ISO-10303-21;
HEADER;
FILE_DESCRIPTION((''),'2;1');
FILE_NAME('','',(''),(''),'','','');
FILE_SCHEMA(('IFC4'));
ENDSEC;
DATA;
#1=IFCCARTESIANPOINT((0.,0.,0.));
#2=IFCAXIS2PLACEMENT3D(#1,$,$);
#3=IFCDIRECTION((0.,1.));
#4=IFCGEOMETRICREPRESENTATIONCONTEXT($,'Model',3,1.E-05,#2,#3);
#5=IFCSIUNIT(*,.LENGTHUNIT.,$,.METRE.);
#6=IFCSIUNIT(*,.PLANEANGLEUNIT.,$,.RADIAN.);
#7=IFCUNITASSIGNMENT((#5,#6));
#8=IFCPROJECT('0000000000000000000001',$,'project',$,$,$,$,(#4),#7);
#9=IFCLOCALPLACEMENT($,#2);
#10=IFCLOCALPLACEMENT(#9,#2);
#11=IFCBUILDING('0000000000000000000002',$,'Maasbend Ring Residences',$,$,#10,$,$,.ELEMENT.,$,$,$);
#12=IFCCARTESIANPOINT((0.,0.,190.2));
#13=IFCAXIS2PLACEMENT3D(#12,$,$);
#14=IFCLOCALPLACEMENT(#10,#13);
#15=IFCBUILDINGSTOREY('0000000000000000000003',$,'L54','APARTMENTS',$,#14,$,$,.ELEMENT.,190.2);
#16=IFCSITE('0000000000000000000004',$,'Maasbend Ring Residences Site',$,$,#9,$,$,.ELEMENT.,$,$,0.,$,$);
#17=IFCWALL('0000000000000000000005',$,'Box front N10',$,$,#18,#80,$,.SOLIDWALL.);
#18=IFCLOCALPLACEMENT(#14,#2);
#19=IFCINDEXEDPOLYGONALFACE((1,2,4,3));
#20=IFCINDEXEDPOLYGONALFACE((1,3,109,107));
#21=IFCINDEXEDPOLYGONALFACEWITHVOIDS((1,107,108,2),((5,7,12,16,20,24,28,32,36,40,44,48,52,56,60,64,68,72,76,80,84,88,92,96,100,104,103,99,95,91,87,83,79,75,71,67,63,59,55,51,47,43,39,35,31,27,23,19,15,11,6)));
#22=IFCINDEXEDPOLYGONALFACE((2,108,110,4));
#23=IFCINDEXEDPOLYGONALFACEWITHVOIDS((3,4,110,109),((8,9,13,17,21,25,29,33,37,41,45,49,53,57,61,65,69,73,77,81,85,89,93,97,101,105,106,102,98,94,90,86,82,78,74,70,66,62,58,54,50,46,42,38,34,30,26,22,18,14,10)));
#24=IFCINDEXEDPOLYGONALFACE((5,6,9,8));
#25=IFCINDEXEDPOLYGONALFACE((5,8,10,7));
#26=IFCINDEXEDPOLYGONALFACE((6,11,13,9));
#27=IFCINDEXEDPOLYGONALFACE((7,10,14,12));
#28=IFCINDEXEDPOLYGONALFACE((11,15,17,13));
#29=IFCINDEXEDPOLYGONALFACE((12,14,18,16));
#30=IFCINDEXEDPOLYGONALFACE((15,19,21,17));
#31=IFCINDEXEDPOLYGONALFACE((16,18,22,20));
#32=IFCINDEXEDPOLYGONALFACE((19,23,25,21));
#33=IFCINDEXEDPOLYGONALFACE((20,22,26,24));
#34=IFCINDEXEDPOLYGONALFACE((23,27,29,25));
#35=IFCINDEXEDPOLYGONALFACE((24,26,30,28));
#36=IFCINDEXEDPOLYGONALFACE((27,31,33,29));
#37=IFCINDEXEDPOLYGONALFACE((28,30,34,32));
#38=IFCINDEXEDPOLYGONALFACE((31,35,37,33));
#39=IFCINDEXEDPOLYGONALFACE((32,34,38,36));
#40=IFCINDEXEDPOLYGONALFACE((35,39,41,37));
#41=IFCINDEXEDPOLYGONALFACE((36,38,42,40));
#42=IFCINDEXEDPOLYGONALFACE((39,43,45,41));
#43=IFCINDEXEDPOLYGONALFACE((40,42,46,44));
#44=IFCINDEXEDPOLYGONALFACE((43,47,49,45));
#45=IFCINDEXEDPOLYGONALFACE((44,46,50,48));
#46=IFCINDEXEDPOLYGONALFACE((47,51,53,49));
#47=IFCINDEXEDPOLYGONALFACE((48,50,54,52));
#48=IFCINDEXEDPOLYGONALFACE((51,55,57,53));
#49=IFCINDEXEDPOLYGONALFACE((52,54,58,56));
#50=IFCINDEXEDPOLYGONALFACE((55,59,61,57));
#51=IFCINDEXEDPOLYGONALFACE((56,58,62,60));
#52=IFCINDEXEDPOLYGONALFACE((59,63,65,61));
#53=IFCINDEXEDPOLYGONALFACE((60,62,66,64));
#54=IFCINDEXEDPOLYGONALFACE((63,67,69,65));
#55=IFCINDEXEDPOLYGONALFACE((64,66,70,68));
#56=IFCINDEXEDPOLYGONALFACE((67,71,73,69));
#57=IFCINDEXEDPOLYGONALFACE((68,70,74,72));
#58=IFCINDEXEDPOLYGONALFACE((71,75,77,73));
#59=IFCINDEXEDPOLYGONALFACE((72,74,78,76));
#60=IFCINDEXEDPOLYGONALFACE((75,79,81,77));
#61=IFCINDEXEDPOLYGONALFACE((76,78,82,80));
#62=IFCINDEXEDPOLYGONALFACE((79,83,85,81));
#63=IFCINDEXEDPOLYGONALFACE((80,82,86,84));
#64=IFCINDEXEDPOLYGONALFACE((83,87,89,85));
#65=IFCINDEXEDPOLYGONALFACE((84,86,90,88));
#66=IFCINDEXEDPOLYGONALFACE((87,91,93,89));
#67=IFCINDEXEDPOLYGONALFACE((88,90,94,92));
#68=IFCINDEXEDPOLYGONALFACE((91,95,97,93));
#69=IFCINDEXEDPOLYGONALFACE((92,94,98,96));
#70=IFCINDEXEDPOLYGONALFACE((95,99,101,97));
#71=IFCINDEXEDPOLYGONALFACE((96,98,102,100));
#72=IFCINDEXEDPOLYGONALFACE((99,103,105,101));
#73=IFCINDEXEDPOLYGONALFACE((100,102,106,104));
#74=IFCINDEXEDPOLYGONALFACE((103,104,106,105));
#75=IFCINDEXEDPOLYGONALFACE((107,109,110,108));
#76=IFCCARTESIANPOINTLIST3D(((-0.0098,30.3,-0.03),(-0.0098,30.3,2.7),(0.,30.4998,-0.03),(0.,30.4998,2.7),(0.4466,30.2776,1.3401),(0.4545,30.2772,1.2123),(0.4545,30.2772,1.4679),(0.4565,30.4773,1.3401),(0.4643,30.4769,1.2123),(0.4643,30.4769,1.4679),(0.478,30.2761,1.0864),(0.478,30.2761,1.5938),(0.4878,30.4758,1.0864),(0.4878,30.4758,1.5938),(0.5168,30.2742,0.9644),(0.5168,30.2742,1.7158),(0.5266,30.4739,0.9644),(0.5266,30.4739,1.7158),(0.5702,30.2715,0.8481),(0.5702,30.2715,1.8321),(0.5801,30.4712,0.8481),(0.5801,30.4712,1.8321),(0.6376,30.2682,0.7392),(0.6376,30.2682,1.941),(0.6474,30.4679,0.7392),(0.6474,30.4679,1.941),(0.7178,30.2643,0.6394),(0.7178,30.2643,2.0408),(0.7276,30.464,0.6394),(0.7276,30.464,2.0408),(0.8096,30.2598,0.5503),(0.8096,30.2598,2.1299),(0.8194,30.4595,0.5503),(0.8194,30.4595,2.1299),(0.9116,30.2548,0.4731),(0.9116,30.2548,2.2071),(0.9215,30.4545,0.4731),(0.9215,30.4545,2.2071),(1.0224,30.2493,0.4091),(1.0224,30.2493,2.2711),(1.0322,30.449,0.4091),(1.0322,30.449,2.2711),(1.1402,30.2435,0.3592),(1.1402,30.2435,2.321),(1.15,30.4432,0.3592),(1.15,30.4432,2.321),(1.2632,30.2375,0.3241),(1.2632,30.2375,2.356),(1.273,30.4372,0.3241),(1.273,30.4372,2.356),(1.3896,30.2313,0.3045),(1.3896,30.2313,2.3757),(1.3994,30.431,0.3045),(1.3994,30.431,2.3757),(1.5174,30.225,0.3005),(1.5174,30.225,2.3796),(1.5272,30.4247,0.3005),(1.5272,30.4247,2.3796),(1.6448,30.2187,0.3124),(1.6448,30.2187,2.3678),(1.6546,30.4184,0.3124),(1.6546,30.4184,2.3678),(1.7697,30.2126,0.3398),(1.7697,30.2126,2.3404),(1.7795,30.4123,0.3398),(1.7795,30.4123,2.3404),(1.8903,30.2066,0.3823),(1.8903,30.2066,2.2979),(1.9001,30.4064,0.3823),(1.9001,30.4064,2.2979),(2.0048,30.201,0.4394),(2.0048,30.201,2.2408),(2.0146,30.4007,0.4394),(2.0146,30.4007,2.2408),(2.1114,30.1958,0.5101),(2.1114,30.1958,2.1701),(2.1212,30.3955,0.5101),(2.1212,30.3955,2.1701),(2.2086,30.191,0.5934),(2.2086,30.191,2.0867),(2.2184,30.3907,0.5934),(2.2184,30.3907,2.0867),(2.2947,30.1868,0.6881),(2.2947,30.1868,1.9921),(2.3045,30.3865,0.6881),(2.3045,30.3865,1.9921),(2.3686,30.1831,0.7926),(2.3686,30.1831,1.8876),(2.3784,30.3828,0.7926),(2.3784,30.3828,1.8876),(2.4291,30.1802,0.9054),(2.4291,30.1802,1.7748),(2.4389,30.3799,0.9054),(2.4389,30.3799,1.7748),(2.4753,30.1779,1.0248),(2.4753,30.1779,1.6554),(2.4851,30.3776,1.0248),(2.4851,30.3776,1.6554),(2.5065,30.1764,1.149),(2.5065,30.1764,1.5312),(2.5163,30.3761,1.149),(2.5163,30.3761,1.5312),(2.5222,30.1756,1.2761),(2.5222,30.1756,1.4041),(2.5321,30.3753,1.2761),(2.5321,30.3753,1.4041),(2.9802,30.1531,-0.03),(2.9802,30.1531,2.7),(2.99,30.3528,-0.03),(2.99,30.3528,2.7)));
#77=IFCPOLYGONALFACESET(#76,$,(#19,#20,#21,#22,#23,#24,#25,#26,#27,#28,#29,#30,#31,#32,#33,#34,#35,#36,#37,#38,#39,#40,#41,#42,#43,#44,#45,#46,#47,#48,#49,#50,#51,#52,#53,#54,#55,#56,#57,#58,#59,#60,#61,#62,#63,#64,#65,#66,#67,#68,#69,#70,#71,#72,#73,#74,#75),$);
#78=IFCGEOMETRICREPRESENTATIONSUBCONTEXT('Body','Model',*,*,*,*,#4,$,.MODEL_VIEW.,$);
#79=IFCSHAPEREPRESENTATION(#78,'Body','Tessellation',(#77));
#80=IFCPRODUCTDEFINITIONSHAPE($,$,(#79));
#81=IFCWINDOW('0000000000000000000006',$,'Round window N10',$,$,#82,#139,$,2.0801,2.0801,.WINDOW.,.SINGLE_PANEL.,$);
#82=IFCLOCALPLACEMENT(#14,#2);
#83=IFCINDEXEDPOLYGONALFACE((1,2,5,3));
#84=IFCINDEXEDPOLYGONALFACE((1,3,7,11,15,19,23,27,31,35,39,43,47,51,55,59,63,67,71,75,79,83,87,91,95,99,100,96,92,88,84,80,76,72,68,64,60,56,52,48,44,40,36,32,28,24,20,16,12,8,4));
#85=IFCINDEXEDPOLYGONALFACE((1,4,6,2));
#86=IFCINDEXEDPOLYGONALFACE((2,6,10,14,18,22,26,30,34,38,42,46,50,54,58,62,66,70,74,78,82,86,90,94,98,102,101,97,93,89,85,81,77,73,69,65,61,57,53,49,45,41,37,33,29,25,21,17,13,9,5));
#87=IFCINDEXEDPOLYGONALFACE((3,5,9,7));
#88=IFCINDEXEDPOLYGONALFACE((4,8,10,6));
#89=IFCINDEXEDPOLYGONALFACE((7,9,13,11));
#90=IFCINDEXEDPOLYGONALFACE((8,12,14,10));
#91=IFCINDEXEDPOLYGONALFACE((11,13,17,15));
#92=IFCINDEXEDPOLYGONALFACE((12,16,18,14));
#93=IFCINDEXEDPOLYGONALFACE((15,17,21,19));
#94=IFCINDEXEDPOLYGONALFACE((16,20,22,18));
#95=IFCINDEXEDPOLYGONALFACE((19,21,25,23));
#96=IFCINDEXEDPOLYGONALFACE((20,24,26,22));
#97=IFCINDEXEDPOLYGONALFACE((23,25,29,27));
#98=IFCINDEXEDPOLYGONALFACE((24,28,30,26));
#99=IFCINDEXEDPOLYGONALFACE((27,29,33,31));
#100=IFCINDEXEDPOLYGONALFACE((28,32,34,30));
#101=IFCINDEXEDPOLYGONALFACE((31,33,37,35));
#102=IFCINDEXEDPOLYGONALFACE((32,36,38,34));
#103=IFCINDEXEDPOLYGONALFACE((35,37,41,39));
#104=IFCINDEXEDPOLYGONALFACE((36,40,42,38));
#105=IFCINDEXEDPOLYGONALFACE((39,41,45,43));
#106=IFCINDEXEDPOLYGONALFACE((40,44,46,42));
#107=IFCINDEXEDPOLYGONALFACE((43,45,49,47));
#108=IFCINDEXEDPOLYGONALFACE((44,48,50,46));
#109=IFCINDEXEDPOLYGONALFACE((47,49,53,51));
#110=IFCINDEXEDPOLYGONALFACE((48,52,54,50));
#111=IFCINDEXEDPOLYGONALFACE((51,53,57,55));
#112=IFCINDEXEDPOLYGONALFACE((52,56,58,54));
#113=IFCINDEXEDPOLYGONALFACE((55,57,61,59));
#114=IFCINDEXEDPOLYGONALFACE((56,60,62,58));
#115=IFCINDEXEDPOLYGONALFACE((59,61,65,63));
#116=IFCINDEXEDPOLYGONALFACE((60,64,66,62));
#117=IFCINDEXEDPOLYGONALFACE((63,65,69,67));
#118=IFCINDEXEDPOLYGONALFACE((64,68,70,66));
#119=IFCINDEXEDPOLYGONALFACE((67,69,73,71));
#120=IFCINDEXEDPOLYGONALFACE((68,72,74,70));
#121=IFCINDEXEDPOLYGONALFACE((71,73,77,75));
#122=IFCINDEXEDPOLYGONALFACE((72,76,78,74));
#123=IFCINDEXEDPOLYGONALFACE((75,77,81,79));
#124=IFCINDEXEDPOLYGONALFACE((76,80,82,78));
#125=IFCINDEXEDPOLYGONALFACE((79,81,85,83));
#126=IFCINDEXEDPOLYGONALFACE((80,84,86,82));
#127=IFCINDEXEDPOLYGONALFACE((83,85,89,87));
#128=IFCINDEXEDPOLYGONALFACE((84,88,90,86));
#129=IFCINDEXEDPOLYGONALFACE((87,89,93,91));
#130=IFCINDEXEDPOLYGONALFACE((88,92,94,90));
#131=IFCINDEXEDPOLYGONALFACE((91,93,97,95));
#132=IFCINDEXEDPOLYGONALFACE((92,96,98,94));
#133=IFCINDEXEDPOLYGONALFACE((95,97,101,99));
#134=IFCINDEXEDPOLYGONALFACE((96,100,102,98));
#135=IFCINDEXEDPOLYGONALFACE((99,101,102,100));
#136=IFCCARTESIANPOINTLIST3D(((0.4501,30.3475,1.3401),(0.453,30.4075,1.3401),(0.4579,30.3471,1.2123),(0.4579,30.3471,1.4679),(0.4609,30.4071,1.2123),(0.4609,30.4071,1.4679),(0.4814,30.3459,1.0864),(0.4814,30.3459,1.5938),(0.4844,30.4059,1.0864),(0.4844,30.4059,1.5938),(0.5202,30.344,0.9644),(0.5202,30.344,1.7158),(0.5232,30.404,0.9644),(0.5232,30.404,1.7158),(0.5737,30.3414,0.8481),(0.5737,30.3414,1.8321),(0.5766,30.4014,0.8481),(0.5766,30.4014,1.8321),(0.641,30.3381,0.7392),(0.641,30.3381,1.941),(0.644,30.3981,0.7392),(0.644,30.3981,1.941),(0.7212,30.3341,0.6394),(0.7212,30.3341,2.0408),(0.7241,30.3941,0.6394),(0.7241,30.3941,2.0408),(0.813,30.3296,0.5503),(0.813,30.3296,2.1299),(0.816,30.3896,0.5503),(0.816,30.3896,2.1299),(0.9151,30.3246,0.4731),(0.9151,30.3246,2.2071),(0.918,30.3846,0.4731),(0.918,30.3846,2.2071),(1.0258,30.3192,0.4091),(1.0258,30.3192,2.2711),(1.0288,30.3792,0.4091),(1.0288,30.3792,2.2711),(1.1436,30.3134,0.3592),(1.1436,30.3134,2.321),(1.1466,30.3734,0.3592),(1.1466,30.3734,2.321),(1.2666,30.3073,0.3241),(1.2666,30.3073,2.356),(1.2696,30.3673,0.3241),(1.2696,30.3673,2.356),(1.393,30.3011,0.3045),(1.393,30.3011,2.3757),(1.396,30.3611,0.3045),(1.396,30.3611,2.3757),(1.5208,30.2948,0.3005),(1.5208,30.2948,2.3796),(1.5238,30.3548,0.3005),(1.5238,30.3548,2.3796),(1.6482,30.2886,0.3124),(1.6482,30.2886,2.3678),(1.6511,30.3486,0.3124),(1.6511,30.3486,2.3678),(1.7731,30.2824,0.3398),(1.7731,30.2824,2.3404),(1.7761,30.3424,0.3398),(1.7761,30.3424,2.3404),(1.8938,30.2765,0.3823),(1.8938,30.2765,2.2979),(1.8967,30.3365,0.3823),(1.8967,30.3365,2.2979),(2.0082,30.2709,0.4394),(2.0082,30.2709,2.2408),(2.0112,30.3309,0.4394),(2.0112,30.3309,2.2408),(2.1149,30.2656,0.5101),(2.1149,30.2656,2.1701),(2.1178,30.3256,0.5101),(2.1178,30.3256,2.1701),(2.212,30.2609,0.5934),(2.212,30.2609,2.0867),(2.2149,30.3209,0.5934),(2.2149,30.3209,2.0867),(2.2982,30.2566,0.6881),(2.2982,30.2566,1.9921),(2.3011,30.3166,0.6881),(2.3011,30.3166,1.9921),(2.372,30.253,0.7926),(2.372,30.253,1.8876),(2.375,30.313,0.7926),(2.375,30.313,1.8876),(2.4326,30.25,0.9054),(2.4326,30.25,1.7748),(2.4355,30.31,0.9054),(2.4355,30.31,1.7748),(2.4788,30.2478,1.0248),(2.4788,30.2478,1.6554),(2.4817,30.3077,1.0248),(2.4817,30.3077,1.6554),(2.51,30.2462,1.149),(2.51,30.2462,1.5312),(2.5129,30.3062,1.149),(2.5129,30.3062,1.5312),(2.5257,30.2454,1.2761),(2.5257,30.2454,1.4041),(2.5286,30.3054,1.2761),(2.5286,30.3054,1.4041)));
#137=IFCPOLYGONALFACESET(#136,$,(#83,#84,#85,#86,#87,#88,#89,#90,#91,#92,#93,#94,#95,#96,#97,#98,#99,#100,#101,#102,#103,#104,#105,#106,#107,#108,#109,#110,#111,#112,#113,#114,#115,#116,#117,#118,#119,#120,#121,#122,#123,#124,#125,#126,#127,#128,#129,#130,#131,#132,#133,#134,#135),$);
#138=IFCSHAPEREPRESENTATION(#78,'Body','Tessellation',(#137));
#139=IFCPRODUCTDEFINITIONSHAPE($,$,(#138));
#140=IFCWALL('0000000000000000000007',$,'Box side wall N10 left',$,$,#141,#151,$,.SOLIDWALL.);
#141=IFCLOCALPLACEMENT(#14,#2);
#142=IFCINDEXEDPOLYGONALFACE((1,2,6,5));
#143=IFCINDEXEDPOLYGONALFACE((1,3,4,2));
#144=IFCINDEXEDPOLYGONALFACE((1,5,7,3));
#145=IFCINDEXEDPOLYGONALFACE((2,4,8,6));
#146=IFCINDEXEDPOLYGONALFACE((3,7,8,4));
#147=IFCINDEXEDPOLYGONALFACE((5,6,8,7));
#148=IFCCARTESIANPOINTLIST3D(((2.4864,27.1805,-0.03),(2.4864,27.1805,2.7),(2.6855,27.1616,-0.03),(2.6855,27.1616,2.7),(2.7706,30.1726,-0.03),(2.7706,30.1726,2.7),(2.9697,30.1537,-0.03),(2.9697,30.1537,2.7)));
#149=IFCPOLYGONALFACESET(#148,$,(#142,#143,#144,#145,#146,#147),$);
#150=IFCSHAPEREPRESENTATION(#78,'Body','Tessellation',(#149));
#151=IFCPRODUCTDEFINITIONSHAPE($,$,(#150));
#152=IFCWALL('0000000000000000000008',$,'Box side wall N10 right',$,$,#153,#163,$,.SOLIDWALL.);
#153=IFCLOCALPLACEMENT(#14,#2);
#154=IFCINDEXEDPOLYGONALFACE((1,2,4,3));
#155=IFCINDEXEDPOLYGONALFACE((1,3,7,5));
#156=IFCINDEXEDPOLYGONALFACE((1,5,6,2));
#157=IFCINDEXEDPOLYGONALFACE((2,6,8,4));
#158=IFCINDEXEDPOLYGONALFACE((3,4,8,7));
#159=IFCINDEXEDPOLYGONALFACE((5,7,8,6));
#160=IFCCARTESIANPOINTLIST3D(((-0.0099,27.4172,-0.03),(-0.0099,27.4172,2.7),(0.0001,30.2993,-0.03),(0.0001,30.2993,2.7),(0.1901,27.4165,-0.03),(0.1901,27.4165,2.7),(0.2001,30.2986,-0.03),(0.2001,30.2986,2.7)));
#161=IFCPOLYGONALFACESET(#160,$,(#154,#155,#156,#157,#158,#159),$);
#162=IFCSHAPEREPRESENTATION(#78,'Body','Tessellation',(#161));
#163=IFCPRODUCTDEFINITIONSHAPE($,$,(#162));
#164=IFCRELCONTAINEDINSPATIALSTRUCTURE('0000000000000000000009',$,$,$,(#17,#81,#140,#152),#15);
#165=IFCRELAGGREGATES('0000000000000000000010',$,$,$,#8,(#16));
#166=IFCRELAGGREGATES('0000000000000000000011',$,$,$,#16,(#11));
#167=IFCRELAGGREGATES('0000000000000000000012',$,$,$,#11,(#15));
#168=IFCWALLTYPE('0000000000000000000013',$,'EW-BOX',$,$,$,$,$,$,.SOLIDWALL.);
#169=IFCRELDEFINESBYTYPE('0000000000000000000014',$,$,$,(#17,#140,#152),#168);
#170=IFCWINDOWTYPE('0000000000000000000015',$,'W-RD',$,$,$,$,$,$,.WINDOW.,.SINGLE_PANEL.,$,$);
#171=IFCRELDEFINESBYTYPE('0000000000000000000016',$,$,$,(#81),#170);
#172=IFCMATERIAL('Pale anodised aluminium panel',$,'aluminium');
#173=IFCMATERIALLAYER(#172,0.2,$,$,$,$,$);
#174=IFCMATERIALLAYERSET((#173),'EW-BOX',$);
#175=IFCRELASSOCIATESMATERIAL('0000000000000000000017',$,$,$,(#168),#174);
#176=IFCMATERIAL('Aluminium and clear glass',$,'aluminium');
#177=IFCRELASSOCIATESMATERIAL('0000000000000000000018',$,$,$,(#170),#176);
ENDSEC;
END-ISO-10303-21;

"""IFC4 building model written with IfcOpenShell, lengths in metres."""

from ifc_helpers import new_model, si_unit, direction, frame, frame_2d, origin, place, context, subcontext, project, spatial, rectangle, circle, extrude, material, layer, layer_set, type_object, element, fill, save


model = new_model("IFC4")

# Units and contexts
model_context = context("Model", 3, precision=1e-05, world=origin(), true_north=direction((0.0, 1.0)))
body_context = subcontext(model_context, "Body", "Model", "MODEL_VIEW")
ifc_project = project(units=[si_unit("LENGTHUNIT", "METRE"), si_unit("PLANEANGLEUNIT", "RADIAN")], contexts=[model_context])

# Site, building, storey
site_placement = place(None, origin())
site = spatial("IfcSite", under=ifc_project, at=site_placement, Name="Maasbend Ring Residences Site", CompositionType="ELEMENT", RefElevation=0.0)
building_placement = place(site_placement, origin())
building = spatial("IfcBuilding", under=site, at=building_placement, Name="Maasbend Ring Residences", CompositionType="ELEMENT")
storey_placement = place(building_placement, frame((0.0, 0.0, 190.2)))
storey = spatial("IfcBuildingStorey", under=building, at=storey_placement, Name="L54", Description="APARTMENTS", CompositionType="ELEMENT", Elevation=190.2)

# Shared definitions
ifc_material_1 = material(Name="Pale anodised aluminium panel", Category="aluminium")
ifc_layer_1 = layer(ifc_material_1, 0.2)
ifc_layer_set_1 = layer_set([ifc_layer_1], Name="EW-BOX")
wall_type_1 = type_object("IfcWallType", Name="EW-BOX", PredefinedType="SOLIDWALL", material=ifc_layer_set_1)
ifc_material_2 = material(Name="Aluminium and clear glass", Category="aluminium")
window_type_1 = type_object("IfcWindowType", Name="W-RD", PartitioningType="SINGLE_PANEL", PredefinedType="WINDOW", material=ifc_material_2)

# Wall, opening, window
wall_1_placement = place(storey_placement, frame((2.9851, 30.2529, -0.03), z_axis=(0.0, 0.0, 1.0), x_axis=(-0.998794, 0.049096, 0.0)))
wall_1 = element("IfcWall", 1, at=wall_1_placement, inside=storey, type_object=wall_type_1, Name="Box front N10", PredefinedType="SOLIDWALL", context=body_context, shape_type="SweptSolid", body=[
    extrude(rectangle(XDim=2.9937, YDim=0.2, at=frame_2d((1.4968, 0.0))), origin(), (0.0, 0.0, 1.0), 2.73),
])
opening_1_placement = place(wall_1_placement, frame((0.4565, 0.0, 0.3301)))
opening_1 = element("IfcOpeningElement", 2, at=opening_1_placement, cuts=wall_1, PredefinedType="OPENING", context=body_context, shape_type="SweptSolid", body=[
    extrude(circle(Radius=1.04, at=frame_2d((1.04, 1.04))), frame((0.0, 0.1099, 0.0), z_axis=(0.0, -1.0, 0.0), x_axis=(1.0, 0.0, 0.0)), (0.0, 0.0, 1.0), 0.22),
])
window_1_placement = place(opening_1_placement, origin())
window_1 = element("IfcWindow", 3, at=window_1_placement, inside=storey, type_object=window_type_1, Name="Round window N10", OverallHeight=2.0801, OverallWidth=2.0801, PartitioningType="SINGLE_PANEL", PredefinedType="WINDOW", context=body_context, shape_type="SweptSolid", body=[
    extrude(circle(Radius=1.04, at=frame_2d((1.04, 1.04))), frame((0.0, 0.03, 0.0), z_axis=(0.0, -1.0, 0.0), x_axis=(1.0, 0.0, 0.0)), (0.0, 0.0, 1.0), 0.0601),
])
fill(opening_1, window_1)

# Walls
wall_2_placement = place(storey_placement, frame((2.5859, 27.1709, -0.03), z_axis=(0.0, 0.0, 1.0), x_axis=(0.094548, 0.99552, 0.0)))
element("IfcWall", 4, at=wall_2_placement, inside=storey, type_object=wall_type_1, Name="Box side wall N10 left", PredefinedType="SOLIDWALL", context=body_context, shape_type="SweptSolid", body=[
    extrude(rectangle(XDim=3.0056, YDim=0.2, at=frame_2d((1.5029, 0.0))), origin(), (0.0, 0.0, 1.0), 2.73),
])
wall_3_placement = place(storey_placement, frame((0.0901, 27.417, -0.03), z_axis=(0.0, 0.0, 1.0), x_axis=(0.003473, 0.999994, 0.0)))
element("IfcWall", 5, at=wall_3_placement, inside=storey, type_object=wall_type_1, Name="Box side wall N10 right", PredefinedType="SOLIDWALL", context=body_context, shape_type="SweptSolid", body=[
    extrude(rectangle(XDim=2.8821, YDim=0.2, at=frame_2d((1.4409, 0.0))), origin(), (0.0, 0.0, 1.0), 2.73),
])

save(model, "model.ifc")
